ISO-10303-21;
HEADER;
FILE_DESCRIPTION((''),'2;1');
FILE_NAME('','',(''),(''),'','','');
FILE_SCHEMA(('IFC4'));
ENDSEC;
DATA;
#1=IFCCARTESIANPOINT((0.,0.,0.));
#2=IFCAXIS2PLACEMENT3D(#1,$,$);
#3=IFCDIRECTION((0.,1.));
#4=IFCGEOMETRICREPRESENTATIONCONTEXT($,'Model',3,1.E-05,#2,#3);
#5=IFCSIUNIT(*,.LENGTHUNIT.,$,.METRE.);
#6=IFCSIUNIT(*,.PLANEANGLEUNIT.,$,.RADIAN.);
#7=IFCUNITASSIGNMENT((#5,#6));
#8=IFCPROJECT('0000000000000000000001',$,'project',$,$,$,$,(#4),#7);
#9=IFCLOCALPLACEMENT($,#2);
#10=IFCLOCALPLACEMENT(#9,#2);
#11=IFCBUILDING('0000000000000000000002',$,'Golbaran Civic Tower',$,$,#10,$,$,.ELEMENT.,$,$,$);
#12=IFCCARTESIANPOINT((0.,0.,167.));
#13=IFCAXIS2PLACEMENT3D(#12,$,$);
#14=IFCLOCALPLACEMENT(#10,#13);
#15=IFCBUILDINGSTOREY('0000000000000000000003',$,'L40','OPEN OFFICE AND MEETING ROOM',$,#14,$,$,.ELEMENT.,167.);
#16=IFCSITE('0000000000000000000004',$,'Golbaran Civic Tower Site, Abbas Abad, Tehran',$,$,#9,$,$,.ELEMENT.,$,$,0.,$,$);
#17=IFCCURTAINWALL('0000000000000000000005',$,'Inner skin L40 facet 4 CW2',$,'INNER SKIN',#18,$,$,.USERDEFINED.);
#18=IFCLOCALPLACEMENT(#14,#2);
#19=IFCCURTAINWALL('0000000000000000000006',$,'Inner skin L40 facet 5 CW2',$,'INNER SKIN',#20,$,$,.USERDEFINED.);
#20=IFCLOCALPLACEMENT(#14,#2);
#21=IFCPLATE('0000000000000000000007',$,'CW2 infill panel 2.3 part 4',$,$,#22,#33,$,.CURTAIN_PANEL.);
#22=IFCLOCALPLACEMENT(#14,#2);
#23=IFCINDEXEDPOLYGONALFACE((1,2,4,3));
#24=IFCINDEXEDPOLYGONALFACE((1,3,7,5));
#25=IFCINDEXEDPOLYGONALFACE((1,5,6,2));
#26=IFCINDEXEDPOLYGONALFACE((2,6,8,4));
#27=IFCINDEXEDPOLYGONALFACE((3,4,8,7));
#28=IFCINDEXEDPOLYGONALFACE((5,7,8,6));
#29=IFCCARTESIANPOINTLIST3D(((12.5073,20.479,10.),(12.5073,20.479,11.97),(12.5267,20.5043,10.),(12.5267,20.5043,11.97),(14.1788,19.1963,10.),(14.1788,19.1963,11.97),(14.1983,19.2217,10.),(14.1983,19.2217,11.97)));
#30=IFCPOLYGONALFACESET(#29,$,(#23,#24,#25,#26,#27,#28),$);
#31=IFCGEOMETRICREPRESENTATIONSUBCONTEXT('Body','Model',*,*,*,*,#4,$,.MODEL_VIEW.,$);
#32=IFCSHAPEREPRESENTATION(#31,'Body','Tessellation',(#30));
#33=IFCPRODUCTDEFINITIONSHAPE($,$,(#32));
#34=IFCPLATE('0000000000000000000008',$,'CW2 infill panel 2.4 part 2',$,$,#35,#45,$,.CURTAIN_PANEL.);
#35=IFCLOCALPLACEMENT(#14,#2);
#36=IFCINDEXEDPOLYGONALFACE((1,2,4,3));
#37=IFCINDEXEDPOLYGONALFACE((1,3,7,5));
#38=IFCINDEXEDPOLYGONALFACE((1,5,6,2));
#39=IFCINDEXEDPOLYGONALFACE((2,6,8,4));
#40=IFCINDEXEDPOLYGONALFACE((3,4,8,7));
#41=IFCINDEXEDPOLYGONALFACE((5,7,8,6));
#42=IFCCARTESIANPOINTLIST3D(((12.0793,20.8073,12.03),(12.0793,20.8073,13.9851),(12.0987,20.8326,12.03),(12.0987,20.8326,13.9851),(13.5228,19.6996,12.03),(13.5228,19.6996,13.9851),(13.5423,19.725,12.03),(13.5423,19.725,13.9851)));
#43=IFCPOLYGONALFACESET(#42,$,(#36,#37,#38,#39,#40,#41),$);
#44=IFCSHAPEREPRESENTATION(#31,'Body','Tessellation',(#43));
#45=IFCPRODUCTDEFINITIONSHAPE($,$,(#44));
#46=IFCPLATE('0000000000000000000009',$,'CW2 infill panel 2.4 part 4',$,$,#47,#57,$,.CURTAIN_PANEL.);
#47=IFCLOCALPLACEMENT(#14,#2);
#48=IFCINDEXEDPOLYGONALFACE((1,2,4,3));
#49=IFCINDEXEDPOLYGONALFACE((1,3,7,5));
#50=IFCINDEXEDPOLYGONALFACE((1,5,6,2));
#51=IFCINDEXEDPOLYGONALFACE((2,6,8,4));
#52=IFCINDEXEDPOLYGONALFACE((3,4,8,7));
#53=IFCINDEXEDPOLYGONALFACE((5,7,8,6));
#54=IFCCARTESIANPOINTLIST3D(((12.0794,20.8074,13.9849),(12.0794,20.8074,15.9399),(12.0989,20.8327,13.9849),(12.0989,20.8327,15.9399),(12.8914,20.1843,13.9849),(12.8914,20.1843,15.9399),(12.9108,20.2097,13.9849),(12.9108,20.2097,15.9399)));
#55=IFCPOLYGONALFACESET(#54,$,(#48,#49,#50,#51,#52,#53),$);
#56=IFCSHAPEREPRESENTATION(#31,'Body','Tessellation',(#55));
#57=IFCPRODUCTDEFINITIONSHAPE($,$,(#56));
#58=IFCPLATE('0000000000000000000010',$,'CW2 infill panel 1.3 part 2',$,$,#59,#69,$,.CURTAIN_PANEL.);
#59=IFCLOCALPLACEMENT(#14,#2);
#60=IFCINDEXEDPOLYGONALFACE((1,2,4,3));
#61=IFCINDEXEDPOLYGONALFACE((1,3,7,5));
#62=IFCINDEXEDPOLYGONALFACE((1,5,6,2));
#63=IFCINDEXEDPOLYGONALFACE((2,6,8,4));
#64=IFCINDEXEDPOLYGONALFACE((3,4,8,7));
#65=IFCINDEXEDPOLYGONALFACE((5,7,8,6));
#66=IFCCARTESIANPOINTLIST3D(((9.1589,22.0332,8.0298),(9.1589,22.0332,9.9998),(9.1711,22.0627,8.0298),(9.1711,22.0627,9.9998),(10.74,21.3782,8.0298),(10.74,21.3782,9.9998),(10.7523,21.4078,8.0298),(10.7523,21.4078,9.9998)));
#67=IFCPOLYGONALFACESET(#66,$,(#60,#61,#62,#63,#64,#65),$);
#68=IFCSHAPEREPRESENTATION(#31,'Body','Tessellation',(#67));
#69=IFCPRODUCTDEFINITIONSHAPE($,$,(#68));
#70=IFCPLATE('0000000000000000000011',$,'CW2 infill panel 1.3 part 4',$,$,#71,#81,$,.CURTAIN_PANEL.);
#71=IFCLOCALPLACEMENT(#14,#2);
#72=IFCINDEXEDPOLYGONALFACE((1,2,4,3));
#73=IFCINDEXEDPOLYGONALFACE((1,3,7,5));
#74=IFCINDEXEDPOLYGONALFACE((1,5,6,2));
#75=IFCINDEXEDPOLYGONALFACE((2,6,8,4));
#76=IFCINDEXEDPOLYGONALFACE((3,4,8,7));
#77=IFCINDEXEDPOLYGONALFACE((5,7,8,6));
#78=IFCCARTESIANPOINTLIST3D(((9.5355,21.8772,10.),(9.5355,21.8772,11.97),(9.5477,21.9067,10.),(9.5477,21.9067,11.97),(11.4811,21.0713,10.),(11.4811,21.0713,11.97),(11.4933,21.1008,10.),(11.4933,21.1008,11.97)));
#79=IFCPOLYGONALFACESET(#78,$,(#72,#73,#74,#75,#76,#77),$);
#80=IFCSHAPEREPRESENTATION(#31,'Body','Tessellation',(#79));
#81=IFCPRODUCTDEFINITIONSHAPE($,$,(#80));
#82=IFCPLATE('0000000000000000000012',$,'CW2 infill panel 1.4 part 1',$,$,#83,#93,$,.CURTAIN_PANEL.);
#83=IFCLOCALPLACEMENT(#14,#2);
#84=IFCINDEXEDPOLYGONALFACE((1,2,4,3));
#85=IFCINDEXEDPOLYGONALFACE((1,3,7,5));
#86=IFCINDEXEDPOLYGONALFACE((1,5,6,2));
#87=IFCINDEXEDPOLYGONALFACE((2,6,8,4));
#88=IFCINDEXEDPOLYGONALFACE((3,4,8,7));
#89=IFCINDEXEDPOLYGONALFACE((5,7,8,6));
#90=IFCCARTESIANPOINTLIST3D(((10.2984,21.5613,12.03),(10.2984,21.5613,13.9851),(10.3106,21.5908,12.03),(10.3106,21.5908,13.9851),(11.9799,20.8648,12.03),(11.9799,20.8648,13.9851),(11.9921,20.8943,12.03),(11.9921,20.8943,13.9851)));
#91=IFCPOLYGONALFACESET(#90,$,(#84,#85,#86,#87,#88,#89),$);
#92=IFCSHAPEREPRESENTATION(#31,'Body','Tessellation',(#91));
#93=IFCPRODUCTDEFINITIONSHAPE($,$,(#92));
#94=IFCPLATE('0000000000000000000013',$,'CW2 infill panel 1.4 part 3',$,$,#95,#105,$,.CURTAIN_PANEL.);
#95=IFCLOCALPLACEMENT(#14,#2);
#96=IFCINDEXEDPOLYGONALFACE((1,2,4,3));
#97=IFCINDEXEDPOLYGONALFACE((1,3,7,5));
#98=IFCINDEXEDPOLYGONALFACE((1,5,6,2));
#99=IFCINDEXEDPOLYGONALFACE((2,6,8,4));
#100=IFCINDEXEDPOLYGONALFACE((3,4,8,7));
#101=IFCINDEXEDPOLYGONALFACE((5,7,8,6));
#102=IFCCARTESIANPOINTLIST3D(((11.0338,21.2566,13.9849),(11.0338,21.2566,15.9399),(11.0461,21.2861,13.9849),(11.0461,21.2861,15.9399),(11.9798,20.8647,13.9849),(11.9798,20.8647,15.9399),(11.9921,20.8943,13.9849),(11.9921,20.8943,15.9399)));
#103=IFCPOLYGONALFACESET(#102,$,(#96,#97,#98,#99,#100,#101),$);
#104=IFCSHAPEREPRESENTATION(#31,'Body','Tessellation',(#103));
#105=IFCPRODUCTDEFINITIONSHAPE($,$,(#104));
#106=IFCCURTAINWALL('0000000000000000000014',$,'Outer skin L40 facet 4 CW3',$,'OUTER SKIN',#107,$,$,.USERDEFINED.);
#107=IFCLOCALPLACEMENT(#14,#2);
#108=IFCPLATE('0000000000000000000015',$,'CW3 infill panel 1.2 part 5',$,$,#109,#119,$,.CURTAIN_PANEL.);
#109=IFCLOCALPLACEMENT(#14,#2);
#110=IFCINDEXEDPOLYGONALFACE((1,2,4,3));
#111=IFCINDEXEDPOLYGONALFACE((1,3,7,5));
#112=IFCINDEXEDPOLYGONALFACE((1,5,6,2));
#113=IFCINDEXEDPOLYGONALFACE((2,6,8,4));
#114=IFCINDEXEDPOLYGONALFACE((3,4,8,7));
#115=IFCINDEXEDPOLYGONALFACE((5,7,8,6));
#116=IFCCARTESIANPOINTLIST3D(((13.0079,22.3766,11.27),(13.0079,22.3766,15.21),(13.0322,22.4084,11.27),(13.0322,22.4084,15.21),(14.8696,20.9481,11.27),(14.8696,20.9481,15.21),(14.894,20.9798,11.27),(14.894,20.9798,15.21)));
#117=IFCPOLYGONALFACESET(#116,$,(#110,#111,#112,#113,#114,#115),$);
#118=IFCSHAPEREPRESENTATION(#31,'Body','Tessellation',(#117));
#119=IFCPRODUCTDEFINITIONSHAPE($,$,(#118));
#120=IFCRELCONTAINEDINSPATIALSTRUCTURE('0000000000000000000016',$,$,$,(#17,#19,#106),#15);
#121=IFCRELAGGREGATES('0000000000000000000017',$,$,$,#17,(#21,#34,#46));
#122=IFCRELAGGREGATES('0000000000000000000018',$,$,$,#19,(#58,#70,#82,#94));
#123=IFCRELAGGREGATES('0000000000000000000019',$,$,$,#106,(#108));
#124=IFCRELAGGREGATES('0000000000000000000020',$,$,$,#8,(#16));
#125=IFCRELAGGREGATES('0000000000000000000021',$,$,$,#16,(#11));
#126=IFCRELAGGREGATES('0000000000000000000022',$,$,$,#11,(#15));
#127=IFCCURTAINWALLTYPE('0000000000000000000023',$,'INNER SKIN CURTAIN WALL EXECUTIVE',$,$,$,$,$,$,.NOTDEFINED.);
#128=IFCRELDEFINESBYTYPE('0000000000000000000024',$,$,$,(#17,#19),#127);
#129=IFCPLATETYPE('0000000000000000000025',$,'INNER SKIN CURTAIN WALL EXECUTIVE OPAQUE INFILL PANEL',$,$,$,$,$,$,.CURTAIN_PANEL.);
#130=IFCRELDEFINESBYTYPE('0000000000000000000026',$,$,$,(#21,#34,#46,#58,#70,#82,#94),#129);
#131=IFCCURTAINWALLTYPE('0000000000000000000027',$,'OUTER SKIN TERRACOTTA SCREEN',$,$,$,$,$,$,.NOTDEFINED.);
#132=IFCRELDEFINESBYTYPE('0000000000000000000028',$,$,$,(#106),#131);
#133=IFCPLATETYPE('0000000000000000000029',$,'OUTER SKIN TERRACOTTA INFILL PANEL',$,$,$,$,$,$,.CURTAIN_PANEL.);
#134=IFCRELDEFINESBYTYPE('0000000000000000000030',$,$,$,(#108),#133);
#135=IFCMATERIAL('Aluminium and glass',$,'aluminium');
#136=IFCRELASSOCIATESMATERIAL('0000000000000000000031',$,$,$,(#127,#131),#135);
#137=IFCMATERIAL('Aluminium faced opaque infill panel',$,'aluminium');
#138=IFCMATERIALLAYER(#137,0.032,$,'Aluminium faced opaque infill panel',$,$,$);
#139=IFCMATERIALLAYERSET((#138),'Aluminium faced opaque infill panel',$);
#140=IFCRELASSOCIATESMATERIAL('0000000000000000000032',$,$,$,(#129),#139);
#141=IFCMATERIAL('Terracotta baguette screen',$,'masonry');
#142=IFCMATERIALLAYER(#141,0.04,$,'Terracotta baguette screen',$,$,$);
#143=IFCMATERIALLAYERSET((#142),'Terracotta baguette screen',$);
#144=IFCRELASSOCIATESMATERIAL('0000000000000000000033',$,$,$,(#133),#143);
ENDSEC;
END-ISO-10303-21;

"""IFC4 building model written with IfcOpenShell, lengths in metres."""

from ifc_helpers import new_model, si_unit, direction, frame, origin, origin_2d, place, context, subcontext, project, spatial, rectangle, extrude, material, layer, layer_set, type_object, element, aggregate, save


model = new_model("IFC4")

# Units and contexts
model_context = context("Model", 3, precision=1e-05, world=origin(), true_north=direction((0.0, 1.0)))
body_context = subcontext(model_context, "Body", "Model", "MODEL_VIEW")
ifc_project = project(units=[si_unit("LENGTHUNIT", "METRE"), si_unit("PLANEANGLEUNIT", "RADIAN")], contexts=[model_context])

# Site, building, storey
site_placement = place(None, origin())
site = spatial("IfcSite", under=ifc_project, at=site_placement, Name="Golbaran Civic Tower Site, Abbas Abad, Tehran", CompositionType="ELEMENT", RefElevation=0.0)
building_placement = place(site_placement, origin())
building = spatial("IfcBuilding", under=site, at=building_placement, Name="Golbaran Civic Tower", CompositionType="ELEMENT")
storey_placement = place(building_placement, frame((0.0, 0.0, 167.0)))
storey = spatial("IfcBuildingStorey", under=building, at=storey_placement, Name="L40", Description="OPEN OFFICE AND MEETING ROOM", CompositionType="ELEMENT", Elevation=167.0)

# Curtain walls
ifc_material_1 = material(Name="Aluminium and glass", Category="aluminium")
curtain_wall_type_1 = type_object("IfcCurtainWallType", Name="INNER SKIN CURTAIN WALL EXECUTIVE", PredefinedType="NOTDEFINED", material=ifc_material_1)
curtain_wall_1_placement = place(storey_placement, origin())
curtain_wall_1 = element("IfcCurtainWall", 1, at=curtain_wall_1_placement, inside=storey, type_object=curtain_wall_type_1, Name="Inner skin L40 facet 4 CW2", ObjectType="INNER SKIN", PredefinedType="USERDEFINED")
curtain_wall_2_placement = place(storey_placement, origin())
curtain_wall_2 = element("IfcCurtainWall", 2, at=curtain_wall_2_placement, inside=storey, type_object=curtain_wall_type_1, Name="Inner skin L40 facet 5 CW2", ObjectType="INNER SKIN", PredefinedType="USERDEFINED")

# Plates
ifc_material_2 = material(Name="Aluminium faced opaque infill panel", Category="aluminium")
ifc_layer_1 = layer(ifc_material_2, 0.032, Name="Aluminium faced opaque infill panel")
ifc_layer_set_1 = layer_set([ifc_layer_1], Name="Aluminium faced opaque infill panel")
plate_type_1 = type_object("IfcPlateType", Name="INNER SKIN CURTAIN WALL EXECUTIVE OPAQUE INFILL PANEL", PredefinedType="CURTAIN_PANEL", material=ifc_layer_set_1)
plate_1_placement = place(storey_placement, frame((13.3528, 19.8503, 10.0), z_axis=(0.0, 0.0, 1.0), x_axis=(-0.793353, 0.608761, 0.0)))
plate_1 = element("IfcPlate", 3, at=plate_1_placement, type_object=plate_type_1, Name="CW2 infill panel 2.3 part 4", PredefinedType="CURTAIN_PANEL", context=body_context, shape_type="SweptSolid", body=[
    extrude(rectangle(XDim=2.1069, YDim=0.032, at=origin_2d()), origin(), (0.0, 0.0, 1.0), 1.97),
])
plate_2_placement = place(storey_placement, frame((12.8108, 20.2661, 12.03), z_axis=(0.0, 0.0, 1.0), x_axis=(-0.793353, 0.608761, 0.0)))
plate_2 = element("IfcPlate", 4, at=plate_2_placement, type_object=plate_type_1, Name="CW2 infill panel 2.4 part 2", PredefinedType="CURTAIN_PANEL", context=body_context, shape_type="SweptSolid", body=[
    extrude(rectangle(XDim=1.8196, YDim=0.032, at=origin_2d()), origin(), (0.0, 0.0, 1.0), 1.9551),
])
plate_3_placement = place(storey_placement, frame((12.4951, 20.5085, 13.9849), z_axis=(0.0, 0.0, 1.0), x_axis=(-0.793353, 0.608761, 0.0)))
plate_3 = element("IfcPlate", 5, at=plate_3_placement, type_object=plate_type_1, Name="CW2 infill panel 2.4 part 4", PredefinedType="CURTAIN_PANEL", context=body_context, shape_type="SweptSolid", body=[
    extrude(rectangle(XDim=1.0234, YDim=0.032, at=origin_2d()), origin(), (0.0, 0.0, 1.0), 1.9551),
])
aggregate(curtain_wall_1, [plate_1, plate_2, plate_3])
plate_4_placement = place(storey_placement, frame((9.9556, 21.7205, 8.0298), z_axis=(0.0, 0.0, 1.0), x_axis=(-0.92388, 0.382683, 0.0)))
plate_4 = element("IfcPlate", 6, at=plate_4_placement, type_object=plate_type_1, Name="CW2 infill panel 1.3 part 2", PredefinedType="CURTAIN_PANEL", context=body_context, shape_type="SweptSolid", body=[
    extrude(rectangle(XDim=1.7114, YDim=0.032, at=origin_2d()), origin(), (0.0, 0.0, 1.0), 1.97),
])
plate_5_placement = place(storey_placement, frame((10.5144, 21.489, 10.0), z_axis=(0.0, 0.0, 1.0), x_axis=(-0.92388, 0.382683, 0.0)))
plate_5 = element("IfcPlate", 7, at=plate_5_placement, type_object=plate_type_1, Name="CW2 infill panel 1.3 part 4", PredefinedType="CURTAIN_PANEL", context=body_context, shape_type="SweptSolid", body=[
    extrude(rectangle(XDim=2.106, YDim=0.032, at=origin_2d()), origin(), (0.0, 0.0, 1.0), 1.97),
])
plate_6_placement = place(storey_placement, frame((11.1453, 21.2278, 12.03), z_axis=(0.0, 0.0, 1.0), x_axis=(-0.92388, 0.382683, 0.0)))
plate_6 = element("IfcPlate", 8, at=plate_6_placement, type_object=plate_type_1, Name="CW2 infill panel 1.4 part 1", PredefinedType="CURTAIN_PANEL", context=body_context, shape_type="SweptSolid", body=[
    extrude(rectangle(XDim=1.8201, YDim=0.032, at=origin_2d()), origin(), (0.0, 0.0, 1.0), 1.9551),
])
plate_7_placement = place(storey_placement, frame((11.5129, 21.0754, 13.9849), z_axis=(0.0, 0.0, 1.0), x_axis=(-0.92388, 0.382683, 0.0)))
plate_7 = element("IfcPlate", 9, at=plate_7_placement, type_object=plate_type_1, Name="CW2 infill panel 1.4 part 3", PredefinedType="CURTAIN_PANEL", context=body_context, shape_type="SweptSolid", body=[
    extrude(rectangle(XDim=1.0239, YDim=0.032, at=origin_2d()), origin(), (0.0, 0.0, 1.0), 1.9551),
])
aggregate(curtain_wall_2, [plate_4, plate_5, plate_6, plate_7])

# Curtain wall, plate
curtain_wall_type_2 = type_object("IfcCurtainWallType", Name="OUTER SKIN TERRACOTTA SCREEN", PredefinedType="NOTDEFINED", material=ifc_material_1)
curtain_wall_3_placement = place(storey_placement, origin())
curtain_wall_3 = element("IfcCurtainWall", 10, at=curtain_wall_3_placement, inside=storey, type_object=curtain_wall_type_2, Name="Outer skin L40 facet 4 CW3", ObjectType="OUTER SKIN", PredefinedType="USERDEFINED")
ifc_material_3 = material(Name="Terracotta baguette screen", Category="masonry")
ifc_layer_2 = layer(ifc_material_3, 0.04, Name="Terracotta baguette screen")
ifc_layer_set_2 = layer_set([ifc_layer_2], Name="Terracotta baguette screen")
plate_type_2 = type_object("IfcPlateType", Name="OUTER SKIN TERRACOTTA INFILL PANEL", PredefinedType="CURTAIN_PANEL", material=ifc_layer_set_2)
plate_8_placement = place(storey_placement, frame((13.9509, 21.6782, 11.27), z_axis=(0.0, 0.0, 1.0), x_axis=(-0.793353, 0.608761, 0.0)))
plate_8 = element("IfcPlate", 11, at=plate_8_placement, type_object=plate_type_2, Name="CW3 infill panel 1.2 part 5", PredefinedType="CURTAIN_PANEL", context=body_context, shape_type="SweptSolid", body=[
    extrude(rectangle(XDim=2.3467, YDim=0.04, at=origin_2d()), origin(), (0.0, 0.0, 1.0), 3.9399),
])
aggregate(curtain_wall_3, [plate_8])

save(model, "model.ifc")
